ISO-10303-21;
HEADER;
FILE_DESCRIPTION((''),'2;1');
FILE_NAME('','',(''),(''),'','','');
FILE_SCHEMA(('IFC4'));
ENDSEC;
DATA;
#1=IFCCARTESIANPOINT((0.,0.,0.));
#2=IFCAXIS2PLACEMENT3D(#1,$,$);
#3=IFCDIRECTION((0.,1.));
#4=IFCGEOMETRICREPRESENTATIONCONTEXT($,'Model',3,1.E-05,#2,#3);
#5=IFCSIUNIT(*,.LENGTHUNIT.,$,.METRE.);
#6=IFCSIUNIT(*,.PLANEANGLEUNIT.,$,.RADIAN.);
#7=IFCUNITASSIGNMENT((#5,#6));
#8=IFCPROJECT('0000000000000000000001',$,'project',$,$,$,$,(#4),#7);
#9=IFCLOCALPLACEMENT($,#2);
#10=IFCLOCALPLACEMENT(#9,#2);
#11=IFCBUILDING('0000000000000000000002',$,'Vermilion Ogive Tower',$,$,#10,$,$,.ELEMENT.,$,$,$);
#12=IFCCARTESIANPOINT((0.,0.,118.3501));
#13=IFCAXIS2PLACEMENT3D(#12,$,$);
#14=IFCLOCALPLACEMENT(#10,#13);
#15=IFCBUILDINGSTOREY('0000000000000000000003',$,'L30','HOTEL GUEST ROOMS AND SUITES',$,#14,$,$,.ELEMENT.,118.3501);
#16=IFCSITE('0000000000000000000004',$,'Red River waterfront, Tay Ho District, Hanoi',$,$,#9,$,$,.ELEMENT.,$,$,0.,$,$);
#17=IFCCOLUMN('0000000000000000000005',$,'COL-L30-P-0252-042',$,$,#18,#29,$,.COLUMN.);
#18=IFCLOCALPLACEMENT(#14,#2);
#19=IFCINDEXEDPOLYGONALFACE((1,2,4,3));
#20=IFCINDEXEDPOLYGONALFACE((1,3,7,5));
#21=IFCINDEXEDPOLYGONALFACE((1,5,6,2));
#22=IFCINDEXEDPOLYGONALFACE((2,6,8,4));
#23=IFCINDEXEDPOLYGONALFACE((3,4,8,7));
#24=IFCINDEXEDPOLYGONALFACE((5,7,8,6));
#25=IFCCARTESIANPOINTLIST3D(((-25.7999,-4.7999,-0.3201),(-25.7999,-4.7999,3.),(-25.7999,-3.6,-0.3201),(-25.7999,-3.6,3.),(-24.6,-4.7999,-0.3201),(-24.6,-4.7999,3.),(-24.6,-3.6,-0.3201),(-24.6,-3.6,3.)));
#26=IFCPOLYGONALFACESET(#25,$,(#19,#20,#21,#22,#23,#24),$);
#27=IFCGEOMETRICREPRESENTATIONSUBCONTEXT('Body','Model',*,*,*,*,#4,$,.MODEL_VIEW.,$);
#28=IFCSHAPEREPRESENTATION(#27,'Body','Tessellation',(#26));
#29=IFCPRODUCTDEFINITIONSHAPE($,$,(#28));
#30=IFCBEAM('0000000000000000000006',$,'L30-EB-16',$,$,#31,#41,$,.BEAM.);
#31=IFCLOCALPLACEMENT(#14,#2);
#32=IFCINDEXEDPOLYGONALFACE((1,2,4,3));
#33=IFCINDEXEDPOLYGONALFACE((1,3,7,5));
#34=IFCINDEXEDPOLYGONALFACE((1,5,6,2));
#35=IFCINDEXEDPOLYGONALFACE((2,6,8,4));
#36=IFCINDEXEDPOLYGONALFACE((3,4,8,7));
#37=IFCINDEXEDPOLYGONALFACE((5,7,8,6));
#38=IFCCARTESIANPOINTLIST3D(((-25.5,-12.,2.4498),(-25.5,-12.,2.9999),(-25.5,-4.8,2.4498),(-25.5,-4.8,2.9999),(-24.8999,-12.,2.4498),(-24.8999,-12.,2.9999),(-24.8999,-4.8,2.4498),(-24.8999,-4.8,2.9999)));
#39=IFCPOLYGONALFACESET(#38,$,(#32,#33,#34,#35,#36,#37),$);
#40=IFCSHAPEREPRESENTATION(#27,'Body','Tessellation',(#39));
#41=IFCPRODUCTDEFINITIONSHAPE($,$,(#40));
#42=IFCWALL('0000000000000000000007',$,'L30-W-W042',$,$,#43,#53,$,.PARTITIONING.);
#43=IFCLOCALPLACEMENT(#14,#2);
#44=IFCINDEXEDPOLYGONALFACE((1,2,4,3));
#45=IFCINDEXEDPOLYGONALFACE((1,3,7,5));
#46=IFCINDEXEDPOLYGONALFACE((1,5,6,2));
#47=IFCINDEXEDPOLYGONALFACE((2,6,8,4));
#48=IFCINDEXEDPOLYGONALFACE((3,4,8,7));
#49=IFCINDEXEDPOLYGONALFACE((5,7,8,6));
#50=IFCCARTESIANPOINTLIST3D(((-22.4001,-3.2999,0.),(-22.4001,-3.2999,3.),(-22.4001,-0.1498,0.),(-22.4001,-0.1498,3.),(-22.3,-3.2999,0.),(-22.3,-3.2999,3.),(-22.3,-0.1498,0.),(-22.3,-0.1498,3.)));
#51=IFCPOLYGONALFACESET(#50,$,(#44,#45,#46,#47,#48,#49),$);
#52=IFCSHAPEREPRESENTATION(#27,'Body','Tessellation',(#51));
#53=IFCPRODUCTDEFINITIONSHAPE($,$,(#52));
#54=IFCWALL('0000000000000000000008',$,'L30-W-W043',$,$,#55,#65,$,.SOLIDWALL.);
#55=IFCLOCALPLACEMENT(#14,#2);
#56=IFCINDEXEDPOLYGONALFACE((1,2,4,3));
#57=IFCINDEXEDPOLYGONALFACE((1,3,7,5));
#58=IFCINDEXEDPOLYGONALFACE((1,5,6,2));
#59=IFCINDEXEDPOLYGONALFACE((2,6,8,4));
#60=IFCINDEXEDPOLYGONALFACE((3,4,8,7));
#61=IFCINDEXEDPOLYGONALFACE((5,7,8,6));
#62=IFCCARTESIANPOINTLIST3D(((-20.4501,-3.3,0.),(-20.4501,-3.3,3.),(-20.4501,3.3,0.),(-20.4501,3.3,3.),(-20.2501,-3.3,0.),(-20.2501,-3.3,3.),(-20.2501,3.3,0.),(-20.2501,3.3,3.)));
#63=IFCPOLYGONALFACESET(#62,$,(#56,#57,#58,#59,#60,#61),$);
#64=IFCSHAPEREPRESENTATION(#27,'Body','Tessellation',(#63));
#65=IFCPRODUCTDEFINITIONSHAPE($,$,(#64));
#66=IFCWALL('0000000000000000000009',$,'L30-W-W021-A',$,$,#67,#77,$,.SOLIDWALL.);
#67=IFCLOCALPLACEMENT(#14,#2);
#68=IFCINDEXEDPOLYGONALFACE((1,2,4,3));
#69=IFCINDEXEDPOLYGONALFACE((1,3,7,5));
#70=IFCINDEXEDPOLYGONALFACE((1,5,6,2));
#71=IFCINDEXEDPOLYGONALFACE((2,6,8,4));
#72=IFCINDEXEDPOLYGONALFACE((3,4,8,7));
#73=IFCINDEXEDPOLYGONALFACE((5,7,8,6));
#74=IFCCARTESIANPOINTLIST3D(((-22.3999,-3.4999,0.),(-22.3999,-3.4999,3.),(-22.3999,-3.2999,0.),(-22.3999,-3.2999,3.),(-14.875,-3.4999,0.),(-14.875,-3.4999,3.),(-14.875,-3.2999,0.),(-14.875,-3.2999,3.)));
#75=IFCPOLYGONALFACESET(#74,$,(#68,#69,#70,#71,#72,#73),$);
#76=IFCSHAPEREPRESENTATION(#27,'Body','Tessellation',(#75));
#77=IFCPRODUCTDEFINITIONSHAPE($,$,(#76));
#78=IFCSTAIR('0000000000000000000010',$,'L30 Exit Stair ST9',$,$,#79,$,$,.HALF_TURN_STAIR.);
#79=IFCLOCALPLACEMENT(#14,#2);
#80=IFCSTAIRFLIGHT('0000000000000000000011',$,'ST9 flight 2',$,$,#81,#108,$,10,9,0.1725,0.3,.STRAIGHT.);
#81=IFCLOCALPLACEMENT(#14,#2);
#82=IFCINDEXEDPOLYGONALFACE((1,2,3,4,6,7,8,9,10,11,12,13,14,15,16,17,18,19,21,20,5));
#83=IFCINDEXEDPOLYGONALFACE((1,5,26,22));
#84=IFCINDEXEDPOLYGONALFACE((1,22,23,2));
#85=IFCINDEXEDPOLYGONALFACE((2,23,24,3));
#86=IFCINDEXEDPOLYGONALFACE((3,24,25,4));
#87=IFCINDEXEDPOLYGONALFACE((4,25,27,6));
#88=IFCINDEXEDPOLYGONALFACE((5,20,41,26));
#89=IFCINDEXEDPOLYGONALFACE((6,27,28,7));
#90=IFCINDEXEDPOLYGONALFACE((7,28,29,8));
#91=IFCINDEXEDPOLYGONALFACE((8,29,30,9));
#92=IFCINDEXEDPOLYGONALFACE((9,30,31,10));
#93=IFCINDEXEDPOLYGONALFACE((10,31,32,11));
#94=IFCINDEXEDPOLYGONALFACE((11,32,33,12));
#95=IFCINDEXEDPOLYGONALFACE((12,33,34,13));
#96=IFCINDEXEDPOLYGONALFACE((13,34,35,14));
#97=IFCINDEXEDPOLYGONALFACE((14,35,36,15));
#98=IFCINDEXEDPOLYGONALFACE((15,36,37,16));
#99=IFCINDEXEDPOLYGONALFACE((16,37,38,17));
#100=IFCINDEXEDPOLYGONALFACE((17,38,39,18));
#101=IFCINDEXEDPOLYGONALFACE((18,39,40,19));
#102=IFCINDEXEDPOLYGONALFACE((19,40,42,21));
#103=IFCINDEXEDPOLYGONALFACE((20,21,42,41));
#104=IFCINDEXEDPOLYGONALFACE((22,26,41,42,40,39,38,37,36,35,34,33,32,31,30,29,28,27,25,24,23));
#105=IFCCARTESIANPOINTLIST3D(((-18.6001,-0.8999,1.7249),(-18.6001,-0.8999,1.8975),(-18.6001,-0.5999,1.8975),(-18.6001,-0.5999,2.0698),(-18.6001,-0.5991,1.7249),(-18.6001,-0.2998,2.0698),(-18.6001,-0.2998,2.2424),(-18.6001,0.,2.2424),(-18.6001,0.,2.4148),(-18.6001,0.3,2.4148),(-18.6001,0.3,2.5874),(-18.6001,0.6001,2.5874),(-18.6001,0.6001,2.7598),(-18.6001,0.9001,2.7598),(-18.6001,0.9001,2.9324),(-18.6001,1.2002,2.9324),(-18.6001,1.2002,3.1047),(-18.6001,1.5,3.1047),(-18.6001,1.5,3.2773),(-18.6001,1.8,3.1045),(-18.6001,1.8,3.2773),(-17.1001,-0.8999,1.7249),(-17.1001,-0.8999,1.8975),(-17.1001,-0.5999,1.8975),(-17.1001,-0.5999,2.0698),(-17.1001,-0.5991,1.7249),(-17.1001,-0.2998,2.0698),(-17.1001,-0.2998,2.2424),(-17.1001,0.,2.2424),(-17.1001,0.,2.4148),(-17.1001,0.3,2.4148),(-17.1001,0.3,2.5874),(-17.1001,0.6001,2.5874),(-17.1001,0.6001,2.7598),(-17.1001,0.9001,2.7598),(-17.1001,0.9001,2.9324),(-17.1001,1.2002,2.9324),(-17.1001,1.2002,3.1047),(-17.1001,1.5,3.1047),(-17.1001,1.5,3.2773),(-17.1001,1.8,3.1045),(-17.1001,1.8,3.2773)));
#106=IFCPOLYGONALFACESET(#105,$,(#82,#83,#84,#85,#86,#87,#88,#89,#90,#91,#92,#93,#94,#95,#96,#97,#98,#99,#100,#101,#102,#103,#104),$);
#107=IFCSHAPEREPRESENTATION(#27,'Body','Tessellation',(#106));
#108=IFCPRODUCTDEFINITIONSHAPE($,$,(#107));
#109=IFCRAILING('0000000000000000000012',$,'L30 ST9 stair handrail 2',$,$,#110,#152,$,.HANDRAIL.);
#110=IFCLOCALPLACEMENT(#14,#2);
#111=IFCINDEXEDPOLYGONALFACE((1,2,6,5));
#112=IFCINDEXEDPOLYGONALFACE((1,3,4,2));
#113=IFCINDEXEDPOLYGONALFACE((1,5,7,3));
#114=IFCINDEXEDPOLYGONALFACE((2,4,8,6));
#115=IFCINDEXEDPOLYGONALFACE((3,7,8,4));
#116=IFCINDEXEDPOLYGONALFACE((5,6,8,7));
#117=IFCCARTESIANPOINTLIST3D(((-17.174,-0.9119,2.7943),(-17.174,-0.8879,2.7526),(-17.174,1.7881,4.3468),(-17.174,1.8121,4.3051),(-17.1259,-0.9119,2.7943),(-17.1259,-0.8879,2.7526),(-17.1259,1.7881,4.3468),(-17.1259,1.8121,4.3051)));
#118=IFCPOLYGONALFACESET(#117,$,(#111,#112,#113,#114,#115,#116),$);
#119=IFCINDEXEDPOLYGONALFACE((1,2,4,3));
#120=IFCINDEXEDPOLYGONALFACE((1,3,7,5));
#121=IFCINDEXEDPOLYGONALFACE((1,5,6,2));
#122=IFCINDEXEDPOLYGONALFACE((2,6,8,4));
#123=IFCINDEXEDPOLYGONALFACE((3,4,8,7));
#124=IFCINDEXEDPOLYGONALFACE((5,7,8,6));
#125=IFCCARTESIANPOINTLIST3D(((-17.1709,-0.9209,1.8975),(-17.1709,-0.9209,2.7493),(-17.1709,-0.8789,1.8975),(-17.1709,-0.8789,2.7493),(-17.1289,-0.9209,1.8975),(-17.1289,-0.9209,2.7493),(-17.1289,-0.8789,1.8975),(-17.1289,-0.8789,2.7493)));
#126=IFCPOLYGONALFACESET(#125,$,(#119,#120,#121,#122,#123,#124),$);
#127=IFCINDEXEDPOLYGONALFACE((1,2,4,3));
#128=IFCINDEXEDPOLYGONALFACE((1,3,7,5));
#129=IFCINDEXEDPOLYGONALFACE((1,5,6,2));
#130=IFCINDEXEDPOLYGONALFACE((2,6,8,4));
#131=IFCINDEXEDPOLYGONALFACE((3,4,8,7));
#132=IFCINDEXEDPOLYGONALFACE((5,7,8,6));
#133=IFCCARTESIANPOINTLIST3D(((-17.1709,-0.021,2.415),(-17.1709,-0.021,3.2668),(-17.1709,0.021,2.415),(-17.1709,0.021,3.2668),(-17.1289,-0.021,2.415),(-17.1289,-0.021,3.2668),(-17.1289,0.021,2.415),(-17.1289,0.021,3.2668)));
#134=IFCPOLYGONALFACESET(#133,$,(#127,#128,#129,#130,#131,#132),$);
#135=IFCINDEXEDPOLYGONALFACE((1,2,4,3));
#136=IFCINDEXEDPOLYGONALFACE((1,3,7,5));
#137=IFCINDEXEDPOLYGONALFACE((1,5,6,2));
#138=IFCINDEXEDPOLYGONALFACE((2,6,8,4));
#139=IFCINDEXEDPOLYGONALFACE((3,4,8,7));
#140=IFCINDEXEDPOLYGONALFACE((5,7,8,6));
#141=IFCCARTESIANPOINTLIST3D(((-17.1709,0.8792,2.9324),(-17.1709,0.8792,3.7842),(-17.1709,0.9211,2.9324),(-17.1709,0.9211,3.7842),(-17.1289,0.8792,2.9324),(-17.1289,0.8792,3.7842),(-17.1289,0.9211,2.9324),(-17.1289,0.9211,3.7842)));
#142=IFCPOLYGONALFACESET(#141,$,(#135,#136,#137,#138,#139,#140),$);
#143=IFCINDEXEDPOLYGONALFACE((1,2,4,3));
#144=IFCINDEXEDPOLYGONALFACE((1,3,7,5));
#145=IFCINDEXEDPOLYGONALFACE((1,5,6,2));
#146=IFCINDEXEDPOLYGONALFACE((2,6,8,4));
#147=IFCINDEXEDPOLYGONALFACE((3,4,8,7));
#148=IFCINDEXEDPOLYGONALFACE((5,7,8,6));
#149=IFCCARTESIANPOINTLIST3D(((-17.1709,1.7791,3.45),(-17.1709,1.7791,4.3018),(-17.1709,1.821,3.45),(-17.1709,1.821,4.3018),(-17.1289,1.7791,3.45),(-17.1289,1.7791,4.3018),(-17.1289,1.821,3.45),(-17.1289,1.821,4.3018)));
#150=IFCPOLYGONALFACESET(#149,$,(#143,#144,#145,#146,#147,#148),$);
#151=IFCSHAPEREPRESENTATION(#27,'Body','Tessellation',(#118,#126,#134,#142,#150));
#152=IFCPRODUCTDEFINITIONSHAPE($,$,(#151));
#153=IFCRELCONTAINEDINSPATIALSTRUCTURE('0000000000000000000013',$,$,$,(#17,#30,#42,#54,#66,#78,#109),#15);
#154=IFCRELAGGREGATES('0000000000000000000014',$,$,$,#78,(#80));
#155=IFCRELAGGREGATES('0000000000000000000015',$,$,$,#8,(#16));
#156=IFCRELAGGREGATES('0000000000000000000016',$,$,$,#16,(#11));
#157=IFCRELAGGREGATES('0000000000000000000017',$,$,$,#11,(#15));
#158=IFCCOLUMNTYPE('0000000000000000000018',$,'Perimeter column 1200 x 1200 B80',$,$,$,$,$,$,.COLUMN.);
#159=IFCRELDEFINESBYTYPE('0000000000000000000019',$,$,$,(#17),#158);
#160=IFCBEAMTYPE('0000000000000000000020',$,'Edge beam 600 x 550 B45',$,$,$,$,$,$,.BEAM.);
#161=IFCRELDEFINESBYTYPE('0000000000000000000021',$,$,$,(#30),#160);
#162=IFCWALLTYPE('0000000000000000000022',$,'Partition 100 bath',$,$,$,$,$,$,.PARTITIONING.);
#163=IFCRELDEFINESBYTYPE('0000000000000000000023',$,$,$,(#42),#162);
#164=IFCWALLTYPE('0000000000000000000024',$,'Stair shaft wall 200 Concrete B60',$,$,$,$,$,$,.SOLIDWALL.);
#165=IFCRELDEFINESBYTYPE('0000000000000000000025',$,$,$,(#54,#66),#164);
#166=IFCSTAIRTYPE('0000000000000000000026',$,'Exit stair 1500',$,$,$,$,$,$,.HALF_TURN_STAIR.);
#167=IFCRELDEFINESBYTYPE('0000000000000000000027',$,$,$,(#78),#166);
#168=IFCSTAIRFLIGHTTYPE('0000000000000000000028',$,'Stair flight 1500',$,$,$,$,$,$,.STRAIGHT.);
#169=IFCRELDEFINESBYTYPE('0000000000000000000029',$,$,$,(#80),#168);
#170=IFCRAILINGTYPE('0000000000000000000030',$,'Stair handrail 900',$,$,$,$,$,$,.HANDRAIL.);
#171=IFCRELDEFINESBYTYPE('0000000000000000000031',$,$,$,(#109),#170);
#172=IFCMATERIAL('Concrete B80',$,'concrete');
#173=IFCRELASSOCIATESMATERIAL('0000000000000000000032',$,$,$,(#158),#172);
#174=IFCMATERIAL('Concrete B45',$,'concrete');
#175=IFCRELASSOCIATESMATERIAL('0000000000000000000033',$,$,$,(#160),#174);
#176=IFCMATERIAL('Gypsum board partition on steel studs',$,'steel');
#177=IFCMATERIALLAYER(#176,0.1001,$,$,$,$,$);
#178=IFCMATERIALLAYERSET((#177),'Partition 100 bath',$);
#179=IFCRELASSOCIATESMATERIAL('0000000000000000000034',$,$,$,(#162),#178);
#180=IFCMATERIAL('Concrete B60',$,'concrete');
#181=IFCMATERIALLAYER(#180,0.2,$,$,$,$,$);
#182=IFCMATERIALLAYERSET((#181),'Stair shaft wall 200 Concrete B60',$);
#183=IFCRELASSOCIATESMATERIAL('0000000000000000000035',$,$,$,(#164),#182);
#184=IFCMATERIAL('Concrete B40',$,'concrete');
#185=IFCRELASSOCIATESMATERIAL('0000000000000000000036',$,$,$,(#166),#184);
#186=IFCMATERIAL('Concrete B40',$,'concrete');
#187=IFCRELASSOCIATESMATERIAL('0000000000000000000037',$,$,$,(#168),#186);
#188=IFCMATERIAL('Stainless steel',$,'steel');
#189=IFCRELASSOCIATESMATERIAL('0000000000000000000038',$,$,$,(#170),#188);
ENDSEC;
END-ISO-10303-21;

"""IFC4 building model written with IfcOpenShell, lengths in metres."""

from ifc_helpers import new_model, si_unit, direction, frame, frame_2d, origin, origin_2d, place, context, subcontext, project, spatial, polyline, rectangle, outline, extrude, material, layer, layer_set, material_profile, profile_set, type_object, element, aggregate, save


model = new_model("IFC4")

# Units and contexts
model_context = context("Model", 3, precision=1e-05, world=origin(), true_north=direction((0.0, 1.0)))
body_context = subcontext(model_context, "Body", "Model", "MODEL_VIEW")
ifc_project = project(units=[si_unit("LENGTHUNIT", "METRE"), si_unit("PLANEANGLEUNIT", "RADIAN")], contexts=[model_context])

# Site, building, storey
site_placement = place(None, origin())
site = spatial("IfcSite", under=ifc_project, at=site_placement, Name="Red River waterfront, Tay Ho District, Hanoi", CompositionType="ELEMENT", RefElevation=0.0)
building_placement = place(site_placement, origin())
building = spatial("IfcBuilding", under=site, at=building_placement, Name="Vermilion Ogive Tower", CompositionType="ELEMENT")
storey_placement = place(building_placement, frame((0.0, 0.0, 118.3501)))
storey = spatial("IfcBuildingStorey", under=building, at=storey_placement, Name="L30", Description="HOTEL GUEST ROOMS AND SUITES", CompositionType="ELEMENT", Elevation=118.3501)

# Column
ifc_material_1 = material(Name="Concrete B80", Category="concrete")
ifc_material_profile_1 = material_profile(ifc_material_1, rectangle(XDim=1.2, YDim=1.2, at=origin_2d()), Name="1200 x 1200")
ifc_profile_set_1 = profile_set([ifc_material_profile_1], Name="Concrete B80")
column_type = type_object("IfcColumnType", Name="Perimeter column 1200 x 1200 B80", PredefinedType="COLUMN", material=ifc_profile_set_1)
column_placement = place(storey_placement, frame((-25.2, -4.2, -0.3201), z_axis=(0.0, 0.0, 1.0), x_axis=(1.0, 0.0, 0.0)))
element("IfcColumn", 1, at=column_placement, inside=storey, type_object=column_type, Name="COL-L30-P-0252-042", PredefinedType="COLUMN", context=body_context, shape_type="SweptSolid", body=[
    extrude(rectangle(XDim=1.2, YDim=1.2, at=origin_2d()), origin(), (0.0, 0.0, 1.0), 3.3201),
])

# Beam
ifc_material_2 = material(Name="Concrete B45", Category="concrete")
ifc_material_profile_2 = material_profile(ifc_material_2, rectangle(XDim=0.6001, YDim=0.55, at=origin_2d()), Name="600 x 550")
ifc_profile_set_2 = profile_set([ifc_material_profile_2], Name="Concrete B45")
beam_type = type_object("IfcBeamType", Name="Edge beam 600 x 550 B45", PredefinedType="BEAM", material=ifc_profile_set_2)
beam_placement = place(storey_placement, frame((-25.2, -4.8, 2.7249), z_axis=(0.0, -1.0, 0.0), x_axis=(1.0, 0.0, 0.0)))
element("IfcBeam", 2, at=beam_placement, inside=storey, type_object=beam_type, Name="L30-EB-16", PredefinedType="BEAM", context=body_context, shape_type="SweptSolid", body=[
    extrude(rectangle(XDim=0.6001, YDim=0.55, at=origin_2d()), origin(), (0.0, 0.0, 1.0), 7.2),
])

# Walls
ifc_material_3 = material(Name="Gypsum board partition on steel studs", Category="steel")
ifc_layer_1 = layer(ifc_material_3, 0.1001)
ifc_layer_set_1 = layer_set([ifc_layer_1], Name="Partition 100 bath")
wall_type_1 = type_object("IfcWallType", Name="Partition 100 bath", PredefinedType="PARTITIONING", material=ifc_layer_set_1)
wall_1_placement = place(storey_placement, frame((-22.3501, -3.3, 0.0), z_axis=(0.0, 0.0, 1.0), x_axis=(0.0, 1.0, 0.0)))
element("IfcWall", 3, at=wall_1_placement, inside=storey, type_object=wall_type_1, Name="L30-W-W042", PredefinedType="PARTITIONING", context=body_context, shape_type="SweptSolid", body=[
    extrude(rectangle(XDim=3.1501, YDim=0.1001, at=frame_2d((1.5752, 0.0))), origin(), (0.0, 0.0, 1.0), 3.0),
])
ifc_material_4 = material(Name="Concrete B60", Category="concrete")
ifc_layer_2 = layer(ifc_material_4, 0.2)
ifc_layer_set_2 = layer_set([ifc_layer_2], Name="Stair shaft wall 200 Concrete B60")
wall_type_2 = type_object("IfcWallType", Name="Stair shaft wall 200 Concrete B60", PredefinedType="SOLIDWALL", material=ifc_layer_set_2)
wall_2_placement = place(storey_placement, frame((-20.3501, -3.3, 0.0), z_axis=(0.0, 0.0, 1.0), x_axis=(0.0, 1.0, 0.0)))
element("IfcWall", 4, at=wall_2_placement, inside=storey, type_object=wall_type_2, Name="L30-W-W043", PredefinedType="SOLIDWALL", context=body_context, shape_type="SweptSolid", body=[
    extrude(rectangle(XDim=6.6001, YDim=0.2, at=frame_2d((3.3, 0.0))), origin(), (0.0, 0.0, 1.0), 3.0),
])
wall_3_placement = place(storey_placement, frame((-22.3999, -3.3999, 0.0), z_axis=(0.0, 0.0, 1.0), x_axis=(1.0, 0.0, 0.0)))
element("IfcWall", 5, at=wall_3_placement, inside=storey, type_object=wall_type_2, Name="L30-W-W021-A", PredefinedType="SOLIDWALL", context=body_context, shape_type="SweptSolid", body=[
    extrude(rectangle(XDim=7.5249, YDim=0.2, at=frame_2d((3.7625, 0.0))), origin(), (0.0, 0.0, 1.0), 3.0),
])

# Stair, stair flight
ifc_material_5 = material(Name="Concrete B40", Category="concrete")
stair_type = type_object("IfcStairType", Name="Exit stair 1500", PredefinedType="HALF_TURN_STAIR", material=ifc_material_5)
stair_placement = place(storey_placement, origin())
stair = element("IfcStair", 6, at=stair_placement, inside=storey, type_object=stair_type, Name="L30 Exit Stair ST9", PredefinedType="HALF_TURN_STAIR")
ifc_material_6 = material(Name="Concrete B40", Category="concrete")
stair_flight_type = type_object("IfcStairFlightType", Name="Stair flight 1500", PredefinedType="STRAIGHT", material=ifc_material_6)
stair_flight_placement = place(storey_placement, frame((-17.8501, -0.8999, 1.7249), z_axis=(0.0, 0.0, 1.0), x_axis=(0.0, 1.0, 0.0)))
stair_flight = element("IfcStairFlight", 7, at=stair_flight_placement, type_object=stair_flight_type, Name="ST9 flight 2", NumberOfRisers=10, NumberOfTreads=9, PredefinedType="STRAIGHT", RiserHeight=0.1725, TreadLength=0.3, context=body_context, shape_type="SweptSolid", body=[
    extrude(outline(polyline([(0.0, 0.0), (0.0, 0.1726), (0.3, 0.1726), (0.3, 0.345), (0.6001, 0.345), (0.6001, 0.5176), (0.8999, 0.5176), (0.8999, 0.6899), (1.2, 0.6899), (1.2, 0.8625), (1.5, 0.8625), (1.5, 1.0349), (1.8, 1.0349), (1.8, 1.2075), (2.1001, 1.2075), (2.1001, 1.3799), (2.3999, 1.3799), (2.3999, 1.5525), (2.7, 1.5525), (2.7, 1.7251), (2.7, 1.3796), (0.3008, 0.0), (0.0, 0.0)])), frame((0.0, 0.75, 0.0), z_axis=(0.0, -1.0, 0.0), x_axis=(1.0, 0.0, 0.0)), (0.0, 0.0, 1.0), 1.5),
])
aggregate(stair, [stair_flight])

# Railing
ifc_material_7 = material(Name="Stainless steel", Category="steel")
railing_type = type_object("IfcRailingType", Name="Stair handrail 900", PredefinedType="HANDRAIL", material=ifc_material_7)
railing_placement = place(storey_placement, frame((-17.1499, -0.8999, 1.8975)))
element("IfcRailing", 8, at=railing_placement, inside=storey, type_object=railing_type, Name="L30 ST9 stair handrail 2", PredefinedType="HANDRAIL", context=body_context, shape_type="SweptSolid", body=[
    extrude(rectangle(XDim=0.0481, YDim=0.0481, at=origin_2d()), frame((0.0, 0.0, 0.876), z_axis=(0.0, 0.866904, 0.498476), x_axis=(-1.0, 0.0, 0.0)), (0.0, 0.0, 1.0), 3.1145),
    extrude(rectangle(XDim=0.042, YDim=0.042, at=origin_2d()), origin(), (0.0, 0.0, 1.0), 0.8518),
    extrude(rectangle(XDim=0.042, YDim=0.042, at=origin_2d()), frame((0.0, 0.8999, 0.5176)), (0.0, 0.0, 1.0), 0.8518),
    extrude(rectangle(XDim=0.042, YDim=0.042, at=origin_2d()), frame((0.0, 1.8, 1.0349)), (0.0, 0.0, 1.0), 0.8518),
    extrude(rectangle(XDim=0.042, YDim=0.042, at=origin_2d()), frame((0.0, 2.7, 1.5525)), (0.0, 0.0, 1.0), 0.8518),
])

save(model, "model.ifc")
